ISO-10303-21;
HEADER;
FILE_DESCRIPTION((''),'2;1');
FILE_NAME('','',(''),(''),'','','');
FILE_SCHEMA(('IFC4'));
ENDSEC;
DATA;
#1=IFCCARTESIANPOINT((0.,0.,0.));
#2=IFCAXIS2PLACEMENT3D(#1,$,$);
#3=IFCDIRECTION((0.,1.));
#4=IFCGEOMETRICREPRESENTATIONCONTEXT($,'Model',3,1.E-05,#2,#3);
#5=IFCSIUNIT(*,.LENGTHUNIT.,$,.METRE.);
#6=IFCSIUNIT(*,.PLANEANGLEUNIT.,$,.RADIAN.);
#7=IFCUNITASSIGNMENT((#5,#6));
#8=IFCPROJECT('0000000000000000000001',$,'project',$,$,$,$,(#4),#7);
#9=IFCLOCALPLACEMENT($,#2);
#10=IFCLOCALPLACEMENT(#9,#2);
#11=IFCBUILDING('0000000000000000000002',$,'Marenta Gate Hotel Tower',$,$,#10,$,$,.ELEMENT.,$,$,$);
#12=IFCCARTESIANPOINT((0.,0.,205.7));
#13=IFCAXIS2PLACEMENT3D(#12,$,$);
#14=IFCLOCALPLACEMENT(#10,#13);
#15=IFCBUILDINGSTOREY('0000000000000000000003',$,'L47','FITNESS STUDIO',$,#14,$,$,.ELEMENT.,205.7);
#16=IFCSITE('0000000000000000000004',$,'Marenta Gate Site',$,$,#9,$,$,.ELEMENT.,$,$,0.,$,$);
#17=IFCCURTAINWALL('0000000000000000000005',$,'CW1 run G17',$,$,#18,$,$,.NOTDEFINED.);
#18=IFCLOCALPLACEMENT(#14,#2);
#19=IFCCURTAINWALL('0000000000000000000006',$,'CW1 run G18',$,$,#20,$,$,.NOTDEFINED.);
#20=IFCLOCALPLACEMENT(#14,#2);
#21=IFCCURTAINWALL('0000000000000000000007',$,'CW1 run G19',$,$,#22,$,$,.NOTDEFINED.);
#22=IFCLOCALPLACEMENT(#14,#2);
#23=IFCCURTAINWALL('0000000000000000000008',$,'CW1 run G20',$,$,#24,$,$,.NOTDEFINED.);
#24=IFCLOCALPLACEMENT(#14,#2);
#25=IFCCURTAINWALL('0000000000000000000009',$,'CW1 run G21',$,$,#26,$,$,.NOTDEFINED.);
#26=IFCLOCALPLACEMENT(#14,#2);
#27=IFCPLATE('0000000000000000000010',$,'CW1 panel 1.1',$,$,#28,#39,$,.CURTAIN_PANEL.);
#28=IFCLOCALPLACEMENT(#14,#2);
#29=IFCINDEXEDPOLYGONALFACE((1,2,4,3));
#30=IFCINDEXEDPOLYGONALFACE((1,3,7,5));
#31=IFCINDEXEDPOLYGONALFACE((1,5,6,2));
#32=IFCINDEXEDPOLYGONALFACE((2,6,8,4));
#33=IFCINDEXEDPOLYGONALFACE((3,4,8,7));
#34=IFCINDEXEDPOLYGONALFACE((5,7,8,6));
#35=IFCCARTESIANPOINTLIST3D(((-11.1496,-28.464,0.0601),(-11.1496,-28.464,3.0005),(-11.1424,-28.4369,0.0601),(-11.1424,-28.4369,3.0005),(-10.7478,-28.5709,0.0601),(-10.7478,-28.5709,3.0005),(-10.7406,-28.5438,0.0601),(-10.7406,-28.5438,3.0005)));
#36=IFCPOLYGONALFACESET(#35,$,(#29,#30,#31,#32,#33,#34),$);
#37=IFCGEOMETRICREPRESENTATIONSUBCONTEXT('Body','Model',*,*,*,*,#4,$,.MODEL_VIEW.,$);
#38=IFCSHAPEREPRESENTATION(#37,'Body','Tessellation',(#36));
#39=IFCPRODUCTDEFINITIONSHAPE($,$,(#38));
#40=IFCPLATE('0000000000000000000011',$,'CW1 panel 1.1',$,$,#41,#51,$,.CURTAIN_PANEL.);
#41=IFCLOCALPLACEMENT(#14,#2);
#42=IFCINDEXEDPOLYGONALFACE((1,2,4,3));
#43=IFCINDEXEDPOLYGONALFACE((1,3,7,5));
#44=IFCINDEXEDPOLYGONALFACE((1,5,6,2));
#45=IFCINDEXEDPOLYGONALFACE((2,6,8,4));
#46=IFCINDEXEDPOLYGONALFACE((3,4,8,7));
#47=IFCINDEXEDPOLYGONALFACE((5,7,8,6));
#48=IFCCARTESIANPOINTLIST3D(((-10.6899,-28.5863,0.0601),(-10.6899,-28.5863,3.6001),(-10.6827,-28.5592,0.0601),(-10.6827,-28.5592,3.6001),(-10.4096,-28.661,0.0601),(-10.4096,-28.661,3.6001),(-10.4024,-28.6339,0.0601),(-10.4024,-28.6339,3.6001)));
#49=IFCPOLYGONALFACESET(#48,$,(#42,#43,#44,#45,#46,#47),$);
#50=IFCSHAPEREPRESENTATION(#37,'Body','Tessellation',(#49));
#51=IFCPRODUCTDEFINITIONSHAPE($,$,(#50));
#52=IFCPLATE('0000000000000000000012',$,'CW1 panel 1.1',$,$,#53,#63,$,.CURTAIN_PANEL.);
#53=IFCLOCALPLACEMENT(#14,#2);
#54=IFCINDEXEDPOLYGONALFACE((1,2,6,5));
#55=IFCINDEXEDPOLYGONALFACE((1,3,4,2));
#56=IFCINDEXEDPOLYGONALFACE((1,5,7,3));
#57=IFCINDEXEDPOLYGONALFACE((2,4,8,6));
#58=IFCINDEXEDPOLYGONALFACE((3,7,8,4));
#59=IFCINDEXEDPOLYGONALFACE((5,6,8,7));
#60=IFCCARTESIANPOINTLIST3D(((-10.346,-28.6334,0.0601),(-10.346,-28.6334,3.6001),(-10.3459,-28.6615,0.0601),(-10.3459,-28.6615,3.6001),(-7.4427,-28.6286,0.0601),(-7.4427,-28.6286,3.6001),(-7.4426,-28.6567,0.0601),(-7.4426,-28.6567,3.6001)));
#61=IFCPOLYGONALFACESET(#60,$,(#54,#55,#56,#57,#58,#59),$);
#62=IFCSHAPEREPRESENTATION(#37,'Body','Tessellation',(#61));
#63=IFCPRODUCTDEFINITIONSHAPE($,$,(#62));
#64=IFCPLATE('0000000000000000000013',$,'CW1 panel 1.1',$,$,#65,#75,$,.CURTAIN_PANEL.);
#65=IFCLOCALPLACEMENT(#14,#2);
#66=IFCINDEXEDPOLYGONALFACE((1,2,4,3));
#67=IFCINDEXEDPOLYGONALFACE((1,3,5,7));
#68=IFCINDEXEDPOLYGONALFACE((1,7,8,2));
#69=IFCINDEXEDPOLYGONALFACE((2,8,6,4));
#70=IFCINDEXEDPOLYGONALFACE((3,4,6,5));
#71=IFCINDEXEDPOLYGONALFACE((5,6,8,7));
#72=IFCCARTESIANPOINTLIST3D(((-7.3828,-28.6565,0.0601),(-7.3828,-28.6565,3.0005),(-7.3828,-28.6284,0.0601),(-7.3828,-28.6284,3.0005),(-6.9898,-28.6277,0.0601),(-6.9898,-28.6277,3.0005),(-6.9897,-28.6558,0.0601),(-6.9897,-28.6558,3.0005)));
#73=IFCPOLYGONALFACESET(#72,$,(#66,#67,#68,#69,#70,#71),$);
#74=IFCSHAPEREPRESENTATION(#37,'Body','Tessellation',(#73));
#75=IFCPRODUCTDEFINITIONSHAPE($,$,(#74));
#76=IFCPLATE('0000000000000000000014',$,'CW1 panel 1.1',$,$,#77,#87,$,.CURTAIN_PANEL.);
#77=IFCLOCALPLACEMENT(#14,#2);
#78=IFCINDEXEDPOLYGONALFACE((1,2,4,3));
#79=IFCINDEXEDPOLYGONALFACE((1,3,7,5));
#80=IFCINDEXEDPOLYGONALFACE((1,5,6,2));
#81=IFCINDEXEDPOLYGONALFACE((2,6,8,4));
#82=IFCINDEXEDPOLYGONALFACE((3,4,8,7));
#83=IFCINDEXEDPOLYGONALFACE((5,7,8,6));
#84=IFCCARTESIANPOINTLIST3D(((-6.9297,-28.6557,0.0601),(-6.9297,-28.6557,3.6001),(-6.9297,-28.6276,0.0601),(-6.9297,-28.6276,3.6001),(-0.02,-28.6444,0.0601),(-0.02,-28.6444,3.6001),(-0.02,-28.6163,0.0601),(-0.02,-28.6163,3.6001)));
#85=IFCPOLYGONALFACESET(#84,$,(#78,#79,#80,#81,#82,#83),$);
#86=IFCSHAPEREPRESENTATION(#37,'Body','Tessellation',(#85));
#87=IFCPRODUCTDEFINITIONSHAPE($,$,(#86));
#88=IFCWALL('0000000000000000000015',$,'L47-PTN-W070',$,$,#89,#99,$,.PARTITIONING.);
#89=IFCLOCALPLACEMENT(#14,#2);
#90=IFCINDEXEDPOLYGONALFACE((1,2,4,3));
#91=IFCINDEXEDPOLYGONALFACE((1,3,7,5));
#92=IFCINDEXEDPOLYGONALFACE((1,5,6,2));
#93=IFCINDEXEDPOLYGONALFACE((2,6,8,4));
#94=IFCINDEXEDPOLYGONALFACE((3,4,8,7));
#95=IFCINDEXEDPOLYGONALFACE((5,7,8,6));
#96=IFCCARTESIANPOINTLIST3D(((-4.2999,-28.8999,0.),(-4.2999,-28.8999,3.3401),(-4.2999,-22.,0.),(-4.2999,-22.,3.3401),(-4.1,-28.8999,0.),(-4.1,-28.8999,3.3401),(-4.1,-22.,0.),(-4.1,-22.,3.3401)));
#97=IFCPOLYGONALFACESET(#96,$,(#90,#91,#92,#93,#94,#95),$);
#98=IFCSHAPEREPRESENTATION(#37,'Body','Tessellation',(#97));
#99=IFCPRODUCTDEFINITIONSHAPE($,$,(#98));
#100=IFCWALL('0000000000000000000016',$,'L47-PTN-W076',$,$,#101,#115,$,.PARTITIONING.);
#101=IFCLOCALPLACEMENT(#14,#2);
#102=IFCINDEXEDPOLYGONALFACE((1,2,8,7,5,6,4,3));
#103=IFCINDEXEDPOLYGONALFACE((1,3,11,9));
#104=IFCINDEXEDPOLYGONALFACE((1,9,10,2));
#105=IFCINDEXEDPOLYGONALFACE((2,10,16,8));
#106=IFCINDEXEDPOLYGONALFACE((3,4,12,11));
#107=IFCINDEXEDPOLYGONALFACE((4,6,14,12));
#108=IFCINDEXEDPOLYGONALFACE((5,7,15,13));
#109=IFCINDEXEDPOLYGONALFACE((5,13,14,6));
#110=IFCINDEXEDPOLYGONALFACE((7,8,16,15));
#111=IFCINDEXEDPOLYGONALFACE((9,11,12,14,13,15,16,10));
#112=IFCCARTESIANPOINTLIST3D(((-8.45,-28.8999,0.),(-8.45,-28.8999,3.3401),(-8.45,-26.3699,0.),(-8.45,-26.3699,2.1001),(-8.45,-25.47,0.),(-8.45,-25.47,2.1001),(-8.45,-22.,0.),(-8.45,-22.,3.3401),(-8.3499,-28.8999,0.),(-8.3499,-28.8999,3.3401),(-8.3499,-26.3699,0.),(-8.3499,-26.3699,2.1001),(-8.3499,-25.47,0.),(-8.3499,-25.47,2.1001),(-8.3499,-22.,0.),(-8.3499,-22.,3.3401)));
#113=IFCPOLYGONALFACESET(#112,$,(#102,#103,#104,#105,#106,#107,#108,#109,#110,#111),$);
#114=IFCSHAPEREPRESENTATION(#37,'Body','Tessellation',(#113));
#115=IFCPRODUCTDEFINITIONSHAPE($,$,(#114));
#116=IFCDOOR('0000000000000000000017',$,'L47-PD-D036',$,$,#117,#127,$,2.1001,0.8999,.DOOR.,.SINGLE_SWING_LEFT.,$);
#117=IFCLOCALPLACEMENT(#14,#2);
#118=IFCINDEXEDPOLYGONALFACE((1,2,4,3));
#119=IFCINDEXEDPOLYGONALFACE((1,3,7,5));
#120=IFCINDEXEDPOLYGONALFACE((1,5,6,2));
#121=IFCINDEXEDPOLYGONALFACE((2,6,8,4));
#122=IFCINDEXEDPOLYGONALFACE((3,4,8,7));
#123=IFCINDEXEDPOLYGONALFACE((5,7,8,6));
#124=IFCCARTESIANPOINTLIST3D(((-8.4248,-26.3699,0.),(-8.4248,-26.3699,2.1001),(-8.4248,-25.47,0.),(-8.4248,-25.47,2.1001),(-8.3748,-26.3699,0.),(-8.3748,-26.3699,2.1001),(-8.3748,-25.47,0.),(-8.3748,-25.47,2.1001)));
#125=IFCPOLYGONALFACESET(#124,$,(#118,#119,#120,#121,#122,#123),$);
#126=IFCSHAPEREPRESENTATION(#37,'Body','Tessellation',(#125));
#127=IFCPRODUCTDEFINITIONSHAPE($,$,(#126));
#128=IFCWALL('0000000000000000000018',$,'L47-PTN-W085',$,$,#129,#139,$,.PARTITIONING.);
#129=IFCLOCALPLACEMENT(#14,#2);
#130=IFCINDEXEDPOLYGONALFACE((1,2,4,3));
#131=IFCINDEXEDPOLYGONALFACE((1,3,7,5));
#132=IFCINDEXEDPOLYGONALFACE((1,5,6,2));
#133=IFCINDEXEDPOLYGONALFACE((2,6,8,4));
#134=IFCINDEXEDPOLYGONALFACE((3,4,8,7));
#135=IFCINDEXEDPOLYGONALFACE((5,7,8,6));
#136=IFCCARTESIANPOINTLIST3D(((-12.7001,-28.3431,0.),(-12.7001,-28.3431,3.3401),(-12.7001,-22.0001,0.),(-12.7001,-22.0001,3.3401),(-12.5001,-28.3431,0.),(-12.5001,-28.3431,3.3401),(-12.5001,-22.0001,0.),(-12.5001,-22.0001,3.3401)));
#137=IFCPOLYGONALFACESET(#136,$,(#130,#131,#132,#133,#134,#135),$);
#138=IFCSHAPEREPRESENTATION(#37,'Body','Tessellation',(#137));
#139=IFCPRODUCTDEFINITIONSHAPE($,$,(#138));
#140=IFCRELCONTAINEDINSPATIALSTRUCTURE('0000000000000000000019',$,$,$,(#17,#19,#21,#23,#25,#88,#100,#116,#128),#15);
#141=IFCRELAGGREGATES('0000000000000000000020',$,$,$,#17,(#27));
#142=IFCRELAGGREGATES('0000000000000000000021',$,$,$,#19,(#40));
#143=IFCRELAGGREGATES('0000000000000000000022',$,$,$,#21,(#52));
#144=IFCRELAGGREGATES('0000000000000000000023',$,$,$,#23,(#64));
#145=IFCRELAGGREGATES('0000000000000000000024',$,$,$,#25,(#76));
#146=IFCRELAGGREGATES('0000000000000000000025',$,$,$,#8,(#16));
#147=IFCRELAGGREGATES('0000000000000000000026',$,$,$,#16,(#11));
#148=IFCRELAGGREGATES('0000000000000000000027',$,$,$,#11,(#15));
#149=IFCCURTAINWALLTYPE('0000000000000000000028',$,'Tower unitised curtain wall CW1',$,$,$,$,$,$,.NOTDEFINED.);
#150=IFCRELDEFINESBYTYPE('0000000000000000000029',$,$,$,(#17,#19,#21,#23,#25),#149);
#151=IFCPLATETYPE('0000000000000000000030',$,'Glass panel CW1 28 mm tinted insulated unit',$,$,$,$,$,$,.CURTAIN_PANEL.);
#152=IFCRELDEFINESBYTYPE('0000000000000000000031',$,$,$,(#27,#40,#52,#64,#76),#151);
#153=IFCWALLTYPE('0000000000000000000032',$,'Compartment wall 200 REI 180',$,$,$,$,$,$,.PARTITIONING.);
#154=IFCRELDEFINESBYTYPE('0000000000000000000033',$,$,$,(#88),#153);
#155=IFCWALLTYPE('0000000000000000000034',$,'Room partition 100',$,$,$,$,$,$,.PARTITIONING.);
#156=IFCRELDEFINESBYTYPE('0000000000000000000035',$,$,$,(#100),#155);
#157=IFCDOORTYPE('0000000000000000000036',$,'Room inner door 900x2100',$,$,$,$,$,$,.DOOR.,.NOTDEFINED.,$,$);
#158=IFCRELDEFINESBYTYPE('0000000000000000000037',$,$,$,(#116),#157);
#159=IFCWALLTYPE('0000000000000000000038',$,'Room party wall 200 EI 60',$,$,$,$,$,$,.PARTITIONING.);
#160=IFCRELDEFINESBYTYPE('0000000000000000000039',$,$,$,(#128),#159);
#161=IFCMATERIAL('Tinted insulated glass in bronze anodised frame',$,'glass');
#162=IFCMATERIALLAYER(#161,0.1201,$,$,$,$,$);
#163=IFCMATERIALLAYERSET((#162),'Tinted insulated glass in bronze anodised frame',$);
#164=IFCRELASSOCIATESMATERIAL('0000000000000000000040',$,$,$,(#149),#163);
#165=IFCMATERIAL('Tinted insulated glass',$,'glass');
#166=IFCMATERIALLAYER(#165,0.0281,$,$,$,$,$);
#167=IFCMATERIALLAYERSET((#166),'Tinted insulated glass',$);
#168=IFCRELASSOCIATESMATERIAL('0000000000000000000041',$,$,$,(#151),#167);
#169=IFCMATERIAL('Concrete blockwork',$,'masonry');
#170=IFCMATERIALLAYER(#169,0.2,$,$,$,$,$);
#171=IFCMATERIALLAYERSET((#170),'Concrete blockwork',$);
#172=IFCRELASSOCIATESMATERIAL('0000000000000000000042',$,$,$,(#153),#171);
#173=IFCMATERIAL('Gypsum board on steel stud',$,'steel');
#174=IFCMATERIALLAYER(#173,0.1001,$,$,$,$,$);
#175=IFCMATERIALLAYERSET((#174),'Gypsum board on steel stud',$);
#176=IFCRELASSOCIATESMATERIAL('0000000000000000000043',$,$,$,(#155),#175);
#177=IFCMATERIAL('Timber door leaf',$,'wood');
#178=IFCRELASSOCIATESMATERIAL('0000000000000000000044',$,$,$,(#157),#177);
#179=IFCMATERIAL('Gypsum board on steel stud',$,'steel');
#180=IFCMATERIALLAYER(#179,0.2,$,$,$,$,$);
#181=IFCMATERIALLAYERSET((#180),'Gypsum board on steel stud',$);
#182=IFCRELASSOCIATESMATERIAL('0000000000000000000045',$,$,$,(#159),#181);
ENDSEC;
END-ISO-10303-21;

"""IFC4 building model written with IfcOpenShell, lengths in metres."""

from ifc_helpers import new_model, si_unit, direction, frame, frame_2d, origin, origin_2d, place, context, subcontext, project, spatial, rectangle, extrude, material, layer, layer_set, type_object, element, fill, aggregate, save


model = new_model("IFC4")

# Units and contexts
model_context = context("Model", 3, precision=1e-05, world=origin(), true_north=direction((0.0, 1.0)))
body_context = subcontext(model_context, "Body", "Model", "MODEL_VIEW")
ifc_project = project(units=[si_unit("LENGTHUNIT", "METRE"), si_unit("PLANEANGLEUNIT", "RADIAN")], contexts=[model_context])

# Site, building, storey
site_placement = place(None, origin())
site = spatial("IfcSite", under=ifc_project, at=site_placement, Name="Marenta Gate Site", CompositionType="ELEMENT", RefElevation=0.0)
building_placement = place(site_placement, origin())
building = spatial("IfcBuilding", under=site, at=building_placement, Name="Marenta Gate Hotel Tower", CompositionType="ELEMENT")
storey_placement = place(building_placement, frame((0.0, 0.0, 205.7)))
storey = spatial("IfcBuildingStorey", under=building, at=storey_placement, Name="L47", Description="FITNESS STUDIO", CompositionType="ELEMENT", Elevation=205.7)

# Curtain walls
ifc_material_1 = material(Name="Tinted insulated glass in bronze anodised frame", Category="glass")
ifc_layer_1 = layer(ifc_material_1, 0.1201)
ifc_layer_set_1 = layer_set([ifc_layer_1], Name="Tinted insulated glass in bronze anodised frame")
curtain_wall_type = type_object("IfcCurtainWallType", Name="Tower unitised curtain wall CW1", PredefinedType="NOTDEFINED", material=ifc_layer_set_1)
curtain_wall_1_placement = place(storey_placement, origin())
curtain_wall_1 = element("IfcCurtainWall", 1, at=curtain_wall_1_placement, inside=storey, type_object=curtain_wall_type, Name="CW1 run G17", PredefinedType="NOTDEFINED")
curtain_wall_2_placement = place(storey_placement, origin())
curtain_wall_2 = element("IfcCurtainWall", 2, at=curtain_wall_2_placement, inside=storey, type_object=curtain_wall_type, Name="CW1 run G18", PredefinedType="NOTDEFINED")
curtain_wall_3_placement = place(storey_placement, origin())
curtain_wall_3 = element("IfcCurtainWall", 3, at=curtain_wall_3_placement, inside=storey, type_object=curtain_wall_type, Name="CW1 run G19", PredefinedType="NOTDEFINED")
curtain_wall_4_placement = place(storey_placement, origin())
curtain_wall_4 = element("IfcCurtainWall", 4, at=curtain_wall_4_placement, inside=storey, type_object=curtain_wall_type, Name="CW1 run G20", PredefinedType="NOTDEFINED")
curtain_wall_5_placement = place(storey_placement, origin())
curtain_wall_5 = element("IfcCurtainWall", 5, at=curtain_wall_5_placement, inside=storey, type_object=curtain_wall_type, Name="CW1 run G21", PredefinedType="NOTDEFINED")

# Plates
ifc_material_2 = material(Name="Tinted insulated glass", Category="glass")
ifc_layer_2 = layer(ifc_material_2, 0.0281)
ifc_layer_set_2 = layer_set([ifc_layer_2], Name="Tinted insulated glass")
plate_type = type_object("IfcPlateType", Name="Glass panel CW1 28 mm tinted insulated unit", PredefinedType="CURTAIN_PANEL", material=ifc_layer_set_2)
plate_1_placement = place(storey_placement, frame((-10.9451, -28.5039, 0.0601), z_axis=(0.0, 0.0, 1.0), x_axis=(0.966385, -0.2571, 0.0)))
plate_1 = element("IfcPlate", 6, at=plate_1_placement, type_object=plate_type, Name="CW1 panel 1.1", PredefinedType="CURTAIN_PANEL", context=body_context, shape_type="SweptSolid", body=[
    extrude(rectangle(XDim=0.4158, YDim=0.0281, at=origin_2d()), origin(), (0.0, 0.0, 1.0), 2.9404),
])
aggregate(curtain_wall_1, [plate_1])
plate_2_placement = place(storey_placement, frame((-10.5461, -28.6101, 0.0601), z_axis=(0.0, 0.0, 1.0), x_axis=(0.966297, -0.257431, 0.0)))
plate_2 = element("IfcPlate", 7, at=plate_2_placement, type_object=plate_type, Name="CW1 panel 1.1", PredefinedType="CURTAIN_PANEL", context=body_context, shape_type="SweptSolid", body=[
    extrude(rectangle(XDim=0.29, YDim=0.0281, at=origin_2d()), origin(), (0.0, 0.0, 1.0), 3.54),
])
aggregate(curtain_wall_2, [plate_2])
plate_3_placement = place(storey_placement, frame((-8.8943, -28.645, 0.0601), z_axis=(0.0, 0.0, 1.0), x_axis=(0.999999, 0.001654, 0.0)))
plate_3 = element("IfcPlate", 8, at=plate_3_placement, type_object=plate_type, Name="CW1 panel 1.1", PredefinedType="CURTAIN_PANEL", context=body_context, shape_type="SweptSolid", body=[
    extrude(rectangle(XDim=2.9033, YDim=0.0281, at=origin_2d()), origin(), (0.0, 0.0, 1.0), 3.54),
])
aggregate(curtain_wall_3, [plate_3])
plate_4_placement = place(storey_placement, frame((-7.1863, -28.6421, 0.0601), z_axis=(0.0, 0.0, 1.0), x_axis=(0.999998, 0.001766, 0.0)))
plate_4 = element("IfcPlate", 9, at=plate_4_placement, type_object=plate_type, Name="CW1 panel 1.1", PredefinedType="CURTAIN_PANEL", context=body_context, shape_type="SweptSolid", body=[
    extrude(rectangle(XDim=0.3931, YDim=0.0281, at=origin_2d()), origin(), (0.0, 0.0, 1.0), 2.9404),
])
aggregate(curtain_wall_4, [plate_4])
plate_5_placement = place(storey_placement, frame((-3.4749, -28.636, 0.0601), z_axis=(0.0, 0.0, 1.0), x_axis=(0.999999, 0.001636, 0.0)))
plate_5 = element("IfcPlate", 10, at=plate_5_placement, type_object=plate_type, Name="CW1 panel 1.1", PredefinedType="CURTAIN_PANEL", context=body_context, shape_type="SweptSolid", body=[
    extrude(rectangle(XDim=6.9097, YDim=0.0281, at=origin_2d()), origin(), (0.0, 0.0, 1.0), 3.54),
])
aggregate(curtain_wall_5, [plate_5])

# Wall
ifc_material_3 = material(Name="Concrete blockwork", Category="masonry")
ifc_layer_3 = layer(ifc_material_3, 0.2)
ifc_layer_set_3 = layer_set([ifc_layer_3], Name="Concrete blockwork")
wall_type_1 = type_object("IfcWallType", Name="Compartment wall 200 REI 180", PredefinedType="PARTITIONING", material=ifc_layer_set_3)
wall_1_placement = place(storey_placement, frame((-4.2, -28.8999, 0.0), z_axis=(0.0, 0.0, 1.0), x_axis=(0.0, 1.0, 0.0)))
element("IfcWall", 11, at=wall_1_placement, inside=storey, type_object=wall_type_1, Name="L47-PTN-W070", PredefinedType="PARTITIONING", context=body_context, shape_type="SweptSolid", body=[
    extrude(rectangle(XDim=6.8999, YDim=0.2, at=frame_2d((3.45, 0.0))), origin(), (0.0, 0.0, 1.0), 3.3401),
])

# Wall, opening, door
ifc_material_4 = material(Name="Gypsum board on steel stud", Category="steel")
ifc_layer_4 = layer(ifc_material_4, 0.1001)
ifc_layer_set_4 = layer_set([ifc_layer_4], Name="Gypsum board on steel stud")
wall_type_2 = type_object("IfcWallType", Name="Room partition 100", PredefinedType="PARTITIONING", material=ifc_layer_set_4)
wall_2_placement = place(storey_placement, frame((-8.3999, -28.8999, 0.0), z_axis=(0.0, 0.0, 1.0), x_axis=(0.0, 1.0, 0.0)))
wall_2 = element("IfcWall", 12, at=wall_2_placement, inside=storey, type_object=wall_type_2, Name="L47-PTN-W076", PredefinedType="PARTITIONING", context=body_context, shape_type="SweptSolid", body=[
    extrude(rectangle(XDim=6.8999, YDim=0.1001, at=frame_2d((3.45, 0.0))), origin(), (0.0, 0.0, 1.0), 3.3401),
])
opening_placement = place(wall_2_placement, frame((2.53, 0.0, 0.0)))
opening = element("IfcOpeningElement", 13, at=opening_placement, cuts=wall_2, PredefinedType="OPENING", context=body_context, shape_type="SweptSolid", body=[
    extrude(rectangle(XDim=0.8999, YDim=2.1001, at=frame_2d((0.45, 1.05))), frame((0.0, 0.05, 0.0), z_axis=(0.0, -1.0, 0.0), x_axis=(1.0, 0.0, 0.0)), (0.0, 0.0, 1.0), 0.1001),
])
ifc_material_5 = material(Name="Timber door leaf", Category="wood")
door_type = type_object("IfcDoorType", Name="Room inner door 900x2100", OperationType="NOTDEFINED", PredefinedType="DOOR", material=ifc_material_5)
door_placement = place(opening_placement, origin())
door = element("IfcDoor", 14, at=door_placement, inside=storey, type_object=door_type, Name="L47-PD-D036", OperationType="SINGLE_SWING_LEFT", OverallHeight=2.1001, OverallWidth=0.8999, PredefinedType="DOOR", context=body_context, shape_type="SweptSolid", body=[
    extrude(rectangle(XDim=0.8999, YDim=2.1001, at=frame_2d((0.45, 1.05))), frame((0.0, 0.0249, 0.0), z_axis=(0.0, -1.0, 0.0), x_axis=(1.0, 0.0, 0.0)), (0.0, 0.0, 1.0), 0.05),
])
fill(opening, door)

# Wall
ifc_material_6 = material(Name="Gypsum board on steel stud", Category="steel")
ifc_layer_5 = layer(ifc_material_6, 0.2)
ifc_layer_set_5 = layer_set([ifc_layer_5], Name="Gypsum board on steel stud")
wall_type_3 = type_object("IfcWallType", Name="Room party wall 200 EI 60", PredefinedType="PARTITIONING", material=ifc_layer_set_5)
wall_3_placement = place(storey_placement, frame((-12.6001, -28.343, 0.0), z_axis=(0.0, 0.0, 1.0), x_axis=(0.0, 1.0, 0.0)))
element("IfcWall", 15, at=wall_3_placement, inside=storey, type_object=wall_type_3, Name="L47-PTN-W085", PredefinedType="PARTITIONING", context=body_context, shape_type="SweptSolid", body=[
    extrude(rectangle(XDim=6.343, YDim=0.2, at=frame_2d((3.1714, 0.0))), origin(), (0.0, 0.0, 1.0), 3.3401),
])

save(model, "model.ifc")
